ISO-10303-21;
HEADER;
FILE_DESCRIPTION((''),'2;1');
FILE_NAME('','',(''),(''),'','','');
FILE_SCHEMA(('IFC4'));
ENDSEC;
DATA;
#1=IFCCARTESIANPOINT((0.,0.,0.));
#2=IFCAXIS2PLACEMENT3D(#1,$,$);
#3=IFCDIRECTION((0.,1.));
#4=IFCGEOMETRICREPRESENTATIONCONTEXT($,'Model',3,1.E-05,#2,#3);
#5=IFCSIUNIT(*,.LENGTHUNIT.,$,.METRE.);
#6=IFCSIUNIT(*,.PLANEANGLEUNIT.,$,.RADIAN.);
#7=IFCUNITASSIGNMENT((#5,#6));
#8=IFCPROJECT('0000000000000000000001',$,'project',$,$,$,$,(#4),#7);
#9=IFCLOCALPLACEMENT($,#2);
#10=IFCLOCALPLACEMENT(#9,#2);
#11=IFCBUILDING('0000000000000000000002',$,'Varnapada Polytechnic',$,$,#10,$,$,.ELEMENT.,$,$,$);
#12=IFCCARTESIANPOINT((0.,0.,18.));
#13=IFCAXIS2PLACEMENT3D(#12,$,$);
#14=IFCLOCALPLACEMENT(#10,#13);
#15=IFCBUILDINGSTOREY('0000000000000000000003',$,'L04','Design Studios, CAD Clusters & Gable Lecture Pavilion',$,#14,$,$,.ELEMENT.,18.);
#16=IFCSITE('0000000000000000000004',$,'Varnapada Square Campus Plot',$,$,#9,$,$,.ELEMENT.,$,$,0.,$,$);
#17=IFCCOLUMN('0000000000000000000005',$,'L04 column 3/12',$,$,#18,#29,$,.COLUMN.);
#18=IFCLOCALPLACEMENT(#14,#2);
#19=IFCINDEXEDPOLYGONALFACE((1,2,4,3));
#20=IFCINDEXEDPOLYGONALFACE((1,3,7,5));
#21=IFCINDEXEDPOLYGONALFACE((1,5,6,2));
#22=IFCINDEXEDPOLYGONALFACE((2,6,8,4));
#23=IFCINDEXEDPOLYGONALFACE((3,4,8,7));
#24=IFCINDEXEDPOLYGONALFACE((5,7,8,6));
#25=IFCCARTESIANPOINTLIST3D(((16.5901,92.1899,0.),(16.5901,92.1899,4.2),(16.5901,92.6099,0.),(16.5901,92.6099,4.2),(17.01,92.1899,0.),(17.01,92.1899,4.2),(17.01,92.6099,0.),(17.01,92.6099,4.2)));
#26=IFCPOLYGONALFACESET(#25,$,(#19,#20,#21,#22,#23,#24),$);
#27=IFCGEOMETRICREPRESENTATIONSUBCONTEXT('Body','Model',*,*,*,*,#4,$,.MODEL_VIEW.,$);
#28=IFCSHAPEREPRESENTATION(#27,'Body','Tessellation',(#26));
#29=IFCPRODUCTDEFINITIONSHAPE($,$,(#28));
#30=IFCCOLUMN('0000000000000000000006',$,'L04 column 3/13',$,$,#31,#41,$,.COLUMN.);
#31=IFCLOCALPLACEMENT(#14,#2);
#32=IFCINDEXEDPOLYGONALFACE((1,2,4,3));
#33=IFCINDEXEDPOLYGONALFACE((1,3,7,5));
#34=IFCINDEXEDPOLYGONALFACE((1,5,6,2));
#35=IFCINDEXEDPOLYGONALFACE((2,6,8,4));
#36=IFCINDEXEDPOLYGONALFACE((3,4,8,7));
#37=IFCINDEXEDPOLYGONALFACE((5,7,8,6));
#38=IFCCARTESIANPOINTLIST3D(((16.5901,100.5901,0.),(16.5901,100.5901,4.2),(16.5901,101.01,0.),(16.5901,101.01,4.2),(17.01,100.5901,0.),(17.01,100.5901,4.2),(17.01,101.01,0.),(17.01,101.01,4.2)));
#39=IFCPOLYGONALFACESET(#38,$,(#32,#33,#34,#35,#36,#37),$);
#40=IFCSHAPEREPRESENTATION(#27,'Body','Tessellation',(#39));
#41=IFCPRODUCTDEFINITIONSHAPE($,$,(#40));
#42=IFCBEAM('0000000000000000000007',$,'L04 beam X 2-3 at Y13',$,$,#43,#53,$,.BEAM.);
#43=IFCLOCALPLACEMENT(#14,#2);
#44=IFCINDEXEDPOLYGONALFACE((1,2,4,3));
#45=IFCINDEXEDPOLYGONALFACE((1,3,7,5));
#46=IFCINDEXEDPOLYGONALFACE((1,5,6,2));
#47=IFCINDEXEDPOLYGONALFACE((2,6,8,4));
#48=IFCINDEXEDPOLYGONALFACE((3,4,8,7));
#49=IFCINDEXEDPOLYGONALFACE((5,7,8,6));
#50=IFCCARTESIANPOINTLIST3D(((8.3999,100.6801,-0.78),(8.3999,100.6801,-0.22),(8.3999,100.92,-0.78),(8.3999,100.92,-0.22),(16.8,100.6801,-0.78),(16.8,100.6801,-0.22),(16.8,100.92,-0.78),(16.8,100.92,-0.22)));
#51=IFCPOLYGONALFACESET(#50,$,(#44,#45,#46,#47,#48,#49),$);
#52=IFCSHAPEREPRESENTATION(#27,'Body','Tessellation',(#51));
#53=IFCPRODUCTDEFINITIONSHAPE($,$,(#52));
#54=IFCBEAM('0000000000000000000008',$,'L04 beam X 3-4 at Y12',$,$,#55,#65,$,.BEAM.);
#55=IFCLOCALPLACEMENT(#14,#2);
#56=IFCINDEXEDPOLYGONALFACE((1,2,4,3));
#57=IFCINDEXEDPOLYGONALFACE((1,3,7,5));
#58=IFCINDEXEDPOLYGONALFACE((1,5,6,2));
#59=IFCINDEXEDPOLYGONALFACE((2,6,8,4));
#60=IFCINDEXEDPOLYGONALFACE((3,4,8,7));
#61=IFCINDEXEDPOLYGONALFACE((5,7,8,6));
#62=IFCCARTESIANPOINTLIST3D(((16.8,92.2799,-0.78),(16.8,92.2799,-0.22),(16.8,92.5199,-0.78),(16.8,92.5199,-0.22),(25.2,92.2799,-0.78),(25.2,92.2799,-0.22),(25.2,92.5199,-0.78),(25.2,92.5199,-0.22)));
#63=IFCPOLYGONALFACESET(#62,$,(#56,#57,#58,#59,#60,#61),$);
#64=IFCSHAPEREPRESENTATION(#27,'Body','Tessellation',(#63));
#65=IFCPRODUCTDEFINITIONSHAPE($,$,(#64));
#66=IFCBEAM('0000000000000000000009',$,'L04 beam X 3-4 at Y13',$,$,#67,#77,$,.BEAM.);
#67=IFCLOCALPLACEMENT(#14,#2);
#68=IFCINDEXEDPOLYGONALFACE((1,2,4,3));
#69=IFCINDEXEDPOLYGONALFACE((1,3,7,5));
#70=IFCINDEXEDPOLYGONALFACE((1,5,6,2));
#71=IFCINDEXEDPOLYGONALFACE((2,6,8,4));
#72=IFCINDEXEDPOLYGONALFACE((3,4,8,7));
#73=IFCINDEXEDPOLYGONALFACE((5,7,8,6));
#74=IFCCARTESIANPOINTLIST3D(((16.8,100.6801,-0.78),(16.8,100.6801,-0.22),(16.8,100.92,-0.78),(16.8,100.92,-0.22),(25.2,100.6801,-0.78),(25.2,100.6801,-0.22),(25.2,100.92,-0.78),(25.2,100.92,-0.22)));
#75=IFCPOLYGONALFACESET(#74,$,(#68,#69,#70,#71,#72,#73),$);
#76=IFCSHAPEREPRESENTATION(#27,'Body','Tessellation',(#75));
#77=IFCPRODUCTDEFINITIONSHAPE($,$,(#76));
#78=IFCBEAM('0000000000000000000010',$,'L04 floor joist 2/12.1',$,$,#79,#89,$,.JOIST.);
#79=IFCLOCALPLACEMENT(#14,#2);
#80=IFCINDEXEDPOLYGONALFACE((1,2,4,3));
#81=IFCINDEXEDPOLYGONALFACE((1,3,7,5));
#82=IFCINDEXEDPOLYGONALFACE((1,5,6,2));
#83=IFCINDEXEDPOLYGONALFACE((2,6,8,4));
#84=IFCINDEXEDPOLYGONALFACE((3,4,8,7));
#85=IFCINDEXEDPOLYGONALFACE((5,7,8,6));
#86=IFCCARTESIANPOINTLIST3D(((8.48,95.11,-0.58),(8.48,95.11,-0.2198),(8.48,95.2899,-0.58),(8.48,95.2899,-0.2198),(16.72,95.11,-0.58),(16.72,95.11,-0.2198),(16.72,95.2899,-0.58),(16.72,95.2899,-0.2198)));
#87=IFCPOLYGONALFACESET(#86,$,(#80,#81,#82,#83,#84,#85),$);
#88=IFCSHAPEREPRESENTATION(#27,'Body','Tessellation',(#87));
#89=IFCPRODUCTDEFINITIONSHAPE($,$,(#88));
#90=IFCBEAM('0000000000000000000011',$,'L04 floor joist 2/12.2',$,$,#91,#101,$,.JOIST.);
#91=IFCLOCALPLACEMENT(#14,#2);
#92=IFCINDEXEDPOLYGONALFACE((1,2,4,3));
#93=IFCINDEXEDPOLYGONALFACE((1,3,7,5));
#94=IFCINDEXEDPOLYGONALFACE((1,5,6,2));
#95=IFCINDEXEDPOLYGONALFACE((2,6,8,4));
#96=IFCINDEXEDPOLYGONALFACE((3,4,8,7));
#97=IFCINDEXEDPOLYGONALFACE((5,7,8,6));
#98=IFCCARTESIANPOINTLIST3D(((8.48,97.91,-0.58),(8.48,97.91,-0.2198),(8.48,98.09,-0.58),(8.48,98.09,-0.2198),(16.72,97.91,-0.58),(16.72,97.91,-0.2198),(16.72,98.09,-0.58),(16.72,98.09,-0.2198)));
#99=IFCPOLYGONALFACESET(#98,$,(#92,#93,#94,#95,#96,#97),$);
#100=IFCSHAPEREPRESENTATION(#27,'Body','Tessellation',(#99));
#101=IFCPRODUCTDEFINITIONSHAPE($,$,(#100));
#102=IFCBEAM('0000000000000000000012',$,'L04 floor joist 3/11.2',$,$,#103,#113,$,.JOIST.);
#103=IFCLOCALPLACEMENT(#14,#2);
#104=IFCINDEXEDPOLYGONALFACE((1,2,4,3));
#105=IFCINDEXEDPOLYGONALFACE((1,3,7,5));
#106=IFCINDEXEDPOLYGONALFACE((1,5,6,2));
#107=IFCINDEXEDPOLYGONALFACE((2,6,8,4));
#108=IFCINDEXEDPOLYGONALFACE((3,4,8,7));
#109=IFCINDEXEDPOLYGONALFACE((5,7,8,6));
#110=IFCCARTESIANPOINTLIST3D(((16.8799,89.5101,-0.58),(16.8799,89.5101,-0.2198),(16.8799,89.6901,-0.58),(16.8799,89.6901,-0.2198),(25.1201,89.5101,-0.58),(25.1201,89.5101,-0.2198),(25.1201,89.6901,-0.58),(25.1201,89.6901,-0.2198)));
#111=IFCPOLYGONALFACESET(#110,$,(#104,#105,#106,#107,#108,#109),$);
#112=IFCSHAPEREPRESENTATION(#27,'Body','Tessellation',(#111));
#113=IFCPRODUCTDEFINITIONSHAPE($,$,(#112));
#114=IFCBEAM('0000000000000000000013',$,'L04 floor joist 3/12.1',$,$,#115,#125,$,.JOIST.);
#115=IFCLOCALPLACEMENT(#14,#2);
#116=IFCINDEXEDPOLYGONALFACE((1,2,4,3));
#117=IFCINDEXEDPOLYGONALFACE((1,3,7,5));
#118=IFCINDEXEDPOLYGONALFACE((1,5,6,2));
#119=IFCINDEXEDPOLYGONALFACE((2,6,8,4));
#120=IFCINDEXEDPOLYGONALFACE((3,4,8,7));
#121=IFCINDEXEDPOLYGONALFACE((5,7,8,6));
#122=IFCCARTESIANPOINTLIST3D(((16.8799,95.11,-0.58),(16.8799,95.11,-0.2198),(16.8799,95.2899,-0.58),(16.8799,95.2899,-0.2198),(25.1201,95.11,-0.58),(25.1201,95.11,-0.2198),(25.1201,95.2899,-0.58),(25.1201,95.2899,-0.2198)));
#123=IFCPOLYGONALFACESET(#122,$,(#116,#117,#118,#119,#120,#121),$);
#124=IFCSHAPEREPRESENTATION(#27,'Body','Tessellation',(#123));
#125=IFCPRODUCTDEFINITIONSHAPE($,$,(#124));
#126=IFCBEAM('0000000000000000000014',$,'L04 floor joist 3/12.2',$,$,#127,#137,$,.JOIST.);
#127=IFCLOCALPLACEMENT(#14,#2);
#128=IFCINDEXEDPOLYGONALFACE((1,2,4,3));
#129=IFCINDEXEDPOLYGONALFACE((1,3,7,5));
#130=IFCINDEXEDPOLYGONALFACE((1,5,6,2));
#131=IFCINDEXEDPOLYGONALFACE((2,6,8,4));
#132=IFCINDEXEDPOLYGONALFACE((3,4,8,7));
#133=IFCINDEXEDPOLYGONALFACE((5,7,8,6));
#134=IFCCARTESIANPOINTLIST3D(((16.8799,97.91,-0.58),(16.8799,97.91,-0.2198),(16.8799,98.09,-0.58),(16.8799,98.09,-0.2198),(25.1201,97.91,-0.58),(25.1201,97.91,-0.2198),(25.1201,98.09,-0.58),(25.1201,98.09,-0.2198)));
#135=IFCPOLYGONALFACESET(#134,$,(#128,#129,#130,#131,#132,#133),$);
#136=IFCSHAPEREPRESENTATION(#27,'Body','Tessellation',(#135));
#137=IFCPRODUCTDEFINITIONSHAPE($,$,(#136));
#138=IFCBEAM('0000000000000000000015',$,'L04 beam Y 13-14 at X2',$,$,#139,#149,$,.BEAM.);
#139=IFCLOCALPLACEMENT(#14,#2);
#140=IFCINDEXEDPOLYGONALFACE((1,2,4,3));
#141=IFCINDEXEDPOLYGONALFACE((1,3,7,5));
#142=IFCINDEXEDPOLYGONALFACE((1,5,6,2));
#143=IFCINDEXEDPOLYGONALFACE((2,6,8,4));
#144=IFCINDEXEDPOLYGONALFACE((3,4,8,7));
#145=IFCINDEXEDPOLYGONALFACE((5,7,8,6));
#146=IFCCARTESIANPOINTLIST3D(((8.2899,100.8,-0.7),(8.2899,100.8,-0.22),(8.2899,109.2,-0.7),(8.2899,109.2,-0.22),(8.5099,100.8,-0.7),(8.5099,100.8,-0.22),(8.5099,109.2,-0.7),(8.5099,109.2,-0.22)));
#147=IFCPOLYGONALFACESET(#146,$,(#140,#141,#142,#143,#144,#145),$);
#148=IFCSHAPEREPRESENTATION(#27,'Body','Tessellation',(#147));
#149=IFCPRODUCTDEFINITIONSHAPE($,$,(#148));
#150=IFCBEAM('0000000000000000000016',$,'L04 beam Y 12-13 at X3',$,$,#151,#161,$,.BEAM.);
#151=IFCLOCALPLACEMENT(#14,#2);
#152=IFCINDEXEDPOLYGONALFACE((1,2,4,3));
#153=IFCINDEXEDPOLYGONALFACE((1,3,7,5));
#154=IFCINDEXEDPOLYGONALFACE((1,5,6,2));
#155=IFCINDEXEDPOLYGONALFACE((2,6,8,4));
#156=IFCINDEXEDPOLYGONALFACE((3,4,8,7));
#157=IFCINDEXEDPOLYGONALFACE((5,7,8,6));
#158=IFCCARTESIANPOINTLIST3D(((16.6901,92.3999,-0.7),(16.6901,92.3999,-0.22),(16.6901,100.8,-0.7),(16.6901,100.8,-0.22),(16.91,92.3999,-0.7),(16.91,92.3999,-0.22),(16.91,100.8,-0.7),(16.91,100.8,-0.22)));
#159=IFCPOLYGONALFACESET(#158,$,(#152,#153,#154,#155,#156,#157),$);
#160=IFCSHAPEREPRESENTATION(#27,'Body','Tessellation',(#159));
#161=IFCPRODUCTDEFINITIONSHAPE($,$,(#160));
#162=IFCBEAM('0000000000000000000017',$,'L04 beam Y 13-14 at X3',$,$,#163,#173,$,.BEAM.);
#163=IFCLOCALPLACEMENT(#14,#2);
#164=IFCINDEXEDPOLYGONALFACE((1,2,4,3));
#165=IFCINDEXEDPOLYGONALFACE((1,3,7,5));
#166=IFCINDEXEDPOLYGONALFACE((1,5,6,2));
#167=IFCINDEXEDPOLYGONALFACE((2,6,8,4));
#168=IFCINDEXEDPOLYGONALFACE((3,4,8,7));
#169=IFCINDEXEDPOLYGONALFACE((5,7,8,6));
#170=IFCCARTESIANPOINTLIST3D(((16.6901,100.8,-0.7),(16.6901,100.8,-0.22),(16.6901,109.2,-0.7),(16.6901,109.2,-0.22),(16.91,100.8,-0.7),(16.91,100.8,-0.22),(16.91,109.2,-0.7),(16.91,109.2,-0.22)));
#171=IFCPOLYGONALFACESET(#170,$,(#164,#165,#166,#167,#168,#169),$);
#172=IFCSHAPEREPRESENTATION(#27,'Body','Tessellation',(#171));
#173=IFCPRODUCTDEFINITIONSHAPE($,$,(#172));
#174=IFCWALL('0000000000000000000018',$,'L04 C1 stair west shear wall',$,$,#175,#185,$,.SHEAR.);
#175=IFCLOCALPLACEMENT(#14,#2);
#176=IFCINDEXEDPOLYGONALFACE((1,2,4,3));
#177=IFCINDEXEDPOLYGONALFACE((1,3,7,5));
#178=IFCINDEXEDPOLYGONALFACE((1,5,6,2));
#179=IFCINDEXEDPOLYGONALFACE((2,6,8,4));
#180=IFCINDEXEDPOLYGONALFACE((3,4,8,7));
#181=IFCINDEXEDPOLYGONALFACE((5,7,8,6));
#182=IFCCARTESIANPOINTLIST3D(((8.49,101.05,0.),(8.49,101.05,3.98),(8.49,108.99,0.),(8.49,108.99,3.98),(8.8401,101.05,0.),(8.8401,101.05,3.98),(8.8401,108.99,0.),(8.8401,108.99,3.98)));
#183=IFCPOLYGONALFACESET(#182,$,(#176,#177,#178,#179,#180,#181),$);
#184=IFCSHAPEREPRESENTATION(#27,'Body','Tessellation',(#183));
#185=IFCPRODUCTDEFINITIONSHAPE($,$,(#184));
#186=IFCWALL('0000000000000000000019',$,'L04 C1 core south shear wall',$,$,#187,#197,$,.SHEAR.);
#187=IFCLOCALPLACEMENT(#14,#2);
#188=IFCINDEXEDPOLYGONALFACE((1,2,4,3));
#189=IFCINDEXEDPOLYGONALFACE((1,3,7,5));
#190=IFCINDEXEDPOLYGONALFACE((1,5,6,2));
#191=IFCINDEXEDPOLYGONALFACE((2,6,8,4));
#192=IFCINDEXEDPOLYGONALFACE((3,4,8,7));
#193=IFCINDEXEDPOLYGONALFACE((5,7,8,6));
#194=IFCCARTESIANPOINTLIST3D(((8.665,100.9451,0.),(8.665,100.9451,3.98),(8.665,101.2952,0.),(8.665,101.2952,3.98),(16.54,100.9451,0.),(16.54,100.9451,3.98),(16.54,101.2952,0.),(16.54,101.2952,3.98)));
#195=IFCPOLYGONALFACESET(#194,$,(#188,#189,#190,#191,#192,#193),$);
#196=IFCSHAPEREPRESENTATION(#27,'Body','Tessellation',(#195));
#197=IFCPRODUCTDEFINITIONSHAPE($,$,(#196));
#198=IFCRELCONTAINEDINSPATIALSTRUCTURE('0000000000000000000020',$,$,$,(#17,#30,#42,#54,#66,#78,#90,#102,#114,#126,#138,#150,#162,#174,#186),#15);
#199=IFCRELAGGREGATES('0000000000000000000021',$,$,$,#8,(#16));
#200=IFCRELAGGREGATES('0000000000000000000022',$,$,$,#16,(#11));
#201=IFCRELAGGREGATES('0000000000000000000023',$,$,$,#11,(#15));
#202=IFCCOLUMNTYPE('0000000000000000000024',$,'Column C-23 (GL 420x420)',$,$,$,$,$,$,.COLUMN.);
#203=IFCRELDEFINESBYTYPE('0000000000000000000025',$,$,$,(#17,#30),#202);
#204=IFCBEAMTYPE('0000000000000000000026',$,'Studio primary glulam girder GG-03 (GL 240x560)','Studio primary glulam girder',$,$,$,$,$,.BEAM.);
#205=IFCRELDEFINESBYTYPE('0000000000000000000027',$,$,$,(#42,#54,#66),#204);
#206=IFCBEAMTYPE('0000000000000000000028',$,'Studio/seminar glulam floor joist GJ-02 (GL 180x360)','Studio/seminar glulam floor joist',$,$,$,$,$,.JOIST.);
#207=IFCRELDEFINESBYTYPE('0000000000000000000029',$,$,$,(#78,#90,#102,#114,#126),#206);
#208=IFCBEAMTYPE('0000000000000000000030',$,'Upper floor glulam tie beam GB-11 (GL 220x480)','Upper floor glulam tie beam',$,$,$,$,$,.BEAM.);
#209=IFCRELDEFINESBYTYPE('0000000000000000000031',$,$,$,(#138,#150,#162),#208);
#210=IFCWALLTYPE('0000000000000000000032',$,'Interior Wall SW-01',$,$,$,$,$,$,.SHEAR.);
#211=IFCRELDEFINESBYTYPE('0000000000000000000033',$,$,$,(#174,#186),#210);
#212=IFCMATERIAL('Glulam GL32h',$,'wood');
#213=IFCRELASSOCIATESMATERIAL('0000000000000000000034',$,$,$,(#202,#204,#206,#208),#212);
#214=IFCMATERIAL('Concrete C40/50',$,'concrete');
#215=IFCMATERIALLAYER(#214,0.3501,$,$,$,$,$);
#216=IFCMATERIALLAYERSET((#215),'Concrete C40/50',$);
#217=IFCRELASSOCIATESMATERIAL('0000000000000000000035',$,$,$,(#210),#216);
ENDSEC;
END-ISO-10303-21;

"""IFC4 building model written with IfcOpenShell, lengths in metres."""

from ifc_helpers import new_model, si_unit, direction, frame, frame_2d, origin, origin_2d, place, context, subcontext, project, spatial, rectangle, extrude, material, layer, layer_set, material_profile, profile_set, type_object, element, save


model = new_model("IFC4")

# Units and contexts
model_context = context("Model", 3, precision=1e-05, world=origin(), true_north=direction((0.0, 1.0)))
body_context = subcontext(model_context, "Body", "Model", "MODEL_VIEW")
ifc_project = project(units=[si_unit("LENGTHUNIT", "METRE"), si_unit("PLANEANGLEUNIT", "RADIAN")], contexts=[model_context])

# Site, building, storey
site_placement = place(None, origin())
site = spatial("IfcSite", under=ifc_project, at=site_placement, Name="Varnapada Square Campus Plot", CompositionType="ELEMENT", RefElevation=0.0)
building_placement = place(site_placement, origin())
building = spatial("IfcBuilding", under=site, at=building_placement, Name="Varnapada Polytechnic", CompositionType="ELEMENT")
storey_placement = place(building_placement, frame((0.0, 0.0, 18.0)))
storey = spatial("IfcBuildingStorey", under=building, at=storey_placement, Name="L04", Description="Design Studios, CAD Clusters & Gable Lecture Pavilion", CompositionType="ELEMENT", Elevation=18.0)

# Columns
ifc_material_1 = material(Name="Glulam GL32h", Category="wood")
ifc_material_profile_1 = material_profile(ifc_material_1, rectangle(XDim=0.4199, YDim=0.4199, at=origin_2d()), Name="GL 420x420")
ifc_profile_set_1 = profile_set([ifc_material_profile_1], Name="Glulam GL32h")
column_type = type_object("IfcColumnType", Name="Column C-23 (GL 420x420)", PredefinedType="COLUMN", material=ifc_profile_set_1)
for number, where, z_axis, x_axis, name in (
    (1, (16.8, 92.3999, 0.0), (0.0, 0.0, 1.0), (1.0, 0.0, 0.0), "L04 column 3/12"),
    (2, (16.8, 100.8, 0.0), (0.0, 0.0, 1.0), (1.0, 0.0, 0.0), "L04 column 3/13"),
):
    element("IfcColumn", number, at=place(storey_placement, frame(where, z_axis=z_axis, x_axis=x_axis)), inside=storey, type_object=column_type, Name=name, PredefinedType="COLUMN", context=body_context, shape_type="SweptSolid", body=[
        extrude(rectangle(XDim=0.4199, YDim=0.4199, at=origin_2d()), origin(), (0.0, 0.0, 1.0), 4.2),
    ])

# Beams
ifc_material_profile_2 = material_profile(ifc_material_1, rectangle(XDim=0.24, YDim=0.5601, at=origin_2d()), Name="GL 240x560")
ifc_profile_set_2 = profile_set([ifc_material_profile_2], Name="Glulam GL32h")
beam_type_1 = type_object("IfcBeamType", Name="Studio primary glulam girder GG-03 (GL 240x560)", Description="Studio primary glulam girder", PredefinedType="BEAM", material=ifc_profile_set_2)
beam_1_placement = place(storey_placement, frame((8.3999, 100.8, -0.5), z_axis=(1.0, 0.0, 0.0), x_axis=(0.0, 1.0, 0.0)))
element("IfcBeam", 3, at=beam_1_placement, inside=storey, type_object=beam_type_1, Name="L04 beam X 2-3 at Y13", PredefinedType="BEAM", context=body_context, shape_type="SweptSolid", body=[
    extrude(rectangle(XDim=0.24, YDim=0.5601, at=origin_2d()), origin(), (0.0, 0.0, 1.0), 8.4001),
])
for number, where, z_axis, x_axis, name in (
    (4, (16.8, 92.3999, -0.5), (1.0, 0.0, 0.0), (0.0, 1.0, 0.0), "L04 beam X 3-4 at Y12"),
    (5, (16.8, 100.8, -0.5), (1.0, 0.0, 0.0), (0.0, 1.0, 0.0), "L04 beam X 3-4 at Y13"),
):
    element("IfcBeam", number, at=place(storey_placement, frame(where, z_axis=z_axis, x_axis=x_axis)), inside=storey, type_object=beam_type_1, Name=name, PredefinedType="BEAM", context=body_context, shape_type="SweptSolid", body=[
        extrude(rectangle(XDim=0.24, YDim=0.5601, at=origin_2d()), origin(), (0.0, 0.0, 1.0), 8.3999),
    ])
ifc_material_profile_3 = material_profile(ifc_material_1, rectangle(XDim=0.1799, YDim=0.3601, at=origin_2d()), Name="GL 180x360")
ifc_profile_set_3 = profile_set([ifc_material_profile_3], Name="Glulam GL32h")
beam_type_2 = type_object("IfcBeamType", Name="Studio/seminar glulam floor joist GJ-02 (GL 180x360)", Description="Studio/seminar glulam floor joist", PredefinedType="JOIST", material=ifc_profile_set_3)
for number, where, z_axis, x_axis, name in (
    (6, (8.48, 95.2, -0.3999), (1.0, 0.0, 0.0), (0.0, 1.0, 0.0), "L04 floor joist 2/12.1"),
    (7, (8.48, 98.0, -0.3999), (1.0, 0.0, 0.0), (0.0, 1.0, 0.0), "L04 floor joist 2/12.2"),
):
    element("IfcBeam", number, at=place(storey_placement, frame(where, z_axis=z_axis, x_axis=x_axis)), inside=storey, type_object=beam_type_2, Name=name, PredefinedType="JOIST", context=body_context, shape_type="SweptSolid", body=[
        extrude(rectangle(XDim=0.1799, YDim=0.3601, at=origin_2d()), origin(), (0.0, 0.0, 1.0), 8.24),
    ])
for number, where, z_axis, x_axis, name in (
    (8, (16.8799, 89.6001, -0.3999), (1.0, 0.0, 0.0), (0.0, 1.0, 0.0), "L04 floor joist 3/11.2"),
    (9, (16.8799, 95.2, -0.3999), (1.0, 0.0, 0.0), (0.0, 1.0, 0.0), "L04 floor joist 3/12.1"),
    (10, (16.8799, 98.0, -0.3999), (1.0, 0.0, 0.0), (0.0, 1.0, 0.0), "L04 floor joist 3/12.2"),
):
    element("IfcBeam", number, at=place(storey_placement, frame(where, z_axis=z_axis, x_axis=x_axis)), inside=storey, type_object=beam_type_2, Name=name, PredefinedType="JOIST", context=body_context, shape_type="SweptSolid", body=[
        extrude(rectangle(XDim=0.1799, YDim=0.3601, at=origin_2d()), origin(), (0.0, 0.0, 1.0), 8.2402),
    ])
ifc_material_profile_4 = material_profile(ifc_material_1, rectangle(XDim=0.22, YDim=0.48, at=origin_2d()), Name="GL 220x480")
ifc_profile_set_4 = profile_set([ifc_material_profile_4], Name="Glulam GL32h")
beam_type_3 = type_object("IfcBeamType", Name="Upper floor glulam tie beam GB-11 (GL 220x480)", Description="Upper floor glulam tie beam", PredefinedType="BEAM", material=ifc_profile_set_4)
beam_2_placement = place(storey_placement, frame((8.3999, 100.8, -0.46), z_axis=(0.0, 1.0, 0.0), x_axis=(-1.0, 0.0, 0.0)))
element("IfcBeam", 11, at=beam_2_placement, inside=storey, type_object=beam_type_3, Name="L04 beam Y 13-14 at X2", PredefinedType="BEAM", context=body_context, shape_type="SweptSolid", body=[
    extrude(rectangle(XDim=0.22, YDim=0.48, at=origin_2d()), origin(), (0.0, 0.0, 1.0), 8.3999),
])
beam_3_placement = place(storey_placement, frame((16.8, 92.3999, -0.46), z_axis=(0.0, 1.0, 0.0), x_axis=(-1.0, 0.0, 0.0)))
element("IfcBeam", 12, at=beam_3_placement, inside=storey, type_object=beam_type_3, Name="L04 beam Y 12-13 at X3", PredefinedType="BEAM", context=body_context, shape_type="SweptSolid", body=[
    extrude(rectangle(XDim=0.22, YDim=0.48, at=origin_2d()), origin(), (0.0, 0.0, 1.0), 8.4001),
])
beam_4_placement = place(storey_placement, frame((16.8, 100.8, -0.46), z_axis=(0.0, 1.0, 0.0), x_axis=(-1.0, 0.0, 0.0)))
element("IfcBeam", 13, at=beam_4_placement, inside=storey, type_object=beam_type_3, Name="L04 beam Y 13-14 at X3", PredefinedType="BEAM", context=body_context, shape_type="SweptSolid", body=[
    extrude(rectangle(XDim=0.22, YDim=0.48, at=origin_2d()), origin(), (0.0, 0.0, 1.0), 8.3999),
])

# Walls
ifc_material_2 = material(Name="Concrete C40/50", Category="concrete")
ifc_layer_1 = layer(ifc_material_2, 0.3501)
ifc_layer_set_1 = layer_set([ifc_layer_1], Name="Concrete C40/50")
wall_type_1 = type_object("IfcWallType", Name="Interior Wall SW-01", PredefinedType="SHEAR", material=ifc_layer_set_1)
wall_1_placement = place(storey_placement, frame((8.665, 101.05, 0.0), z_axis=(0.0, 0.0, 1.0), x_axis=(0.0, 1.0, 0.0)))
element("IfcWall", 14, at=wall_1_placement, inside=storey, type_object=wall_type_1, Name="L04 C1 stair west shear wall", PredefinedType="SHEAR", context=body_context, shape_type="SweptSolid", body=[
    extrude(rectangle(XDim=7.9399, YDim=0.3501, at=frame_2d((3.97, 0.0))), origin(), (0.0, 0.0, 1.0), 3.98),
])
wall_2_placement = place(storey_placement, frame((16.54, 101.1201, 0.0), z_axis=(0.0, 0.0, 1.0), x_axis=(-1.0, 0.0, 0.0)))
element("IfcWall", 15, at=wall_2_placement, inside=storey, type_object=wall_type_1, Name="L04 C1 core south shear wall", PredefinedType="SHEAR", context=body_context, shape_type="SweptSolid", body=[
    extrude(rectangle(XDim=7.875, YDim=0.3501, at=frame_2d((3.9375, 0.0))), origin(), (0.0, 0.0, 1.0), 3.98),
])

save(model, "model.ifc")
